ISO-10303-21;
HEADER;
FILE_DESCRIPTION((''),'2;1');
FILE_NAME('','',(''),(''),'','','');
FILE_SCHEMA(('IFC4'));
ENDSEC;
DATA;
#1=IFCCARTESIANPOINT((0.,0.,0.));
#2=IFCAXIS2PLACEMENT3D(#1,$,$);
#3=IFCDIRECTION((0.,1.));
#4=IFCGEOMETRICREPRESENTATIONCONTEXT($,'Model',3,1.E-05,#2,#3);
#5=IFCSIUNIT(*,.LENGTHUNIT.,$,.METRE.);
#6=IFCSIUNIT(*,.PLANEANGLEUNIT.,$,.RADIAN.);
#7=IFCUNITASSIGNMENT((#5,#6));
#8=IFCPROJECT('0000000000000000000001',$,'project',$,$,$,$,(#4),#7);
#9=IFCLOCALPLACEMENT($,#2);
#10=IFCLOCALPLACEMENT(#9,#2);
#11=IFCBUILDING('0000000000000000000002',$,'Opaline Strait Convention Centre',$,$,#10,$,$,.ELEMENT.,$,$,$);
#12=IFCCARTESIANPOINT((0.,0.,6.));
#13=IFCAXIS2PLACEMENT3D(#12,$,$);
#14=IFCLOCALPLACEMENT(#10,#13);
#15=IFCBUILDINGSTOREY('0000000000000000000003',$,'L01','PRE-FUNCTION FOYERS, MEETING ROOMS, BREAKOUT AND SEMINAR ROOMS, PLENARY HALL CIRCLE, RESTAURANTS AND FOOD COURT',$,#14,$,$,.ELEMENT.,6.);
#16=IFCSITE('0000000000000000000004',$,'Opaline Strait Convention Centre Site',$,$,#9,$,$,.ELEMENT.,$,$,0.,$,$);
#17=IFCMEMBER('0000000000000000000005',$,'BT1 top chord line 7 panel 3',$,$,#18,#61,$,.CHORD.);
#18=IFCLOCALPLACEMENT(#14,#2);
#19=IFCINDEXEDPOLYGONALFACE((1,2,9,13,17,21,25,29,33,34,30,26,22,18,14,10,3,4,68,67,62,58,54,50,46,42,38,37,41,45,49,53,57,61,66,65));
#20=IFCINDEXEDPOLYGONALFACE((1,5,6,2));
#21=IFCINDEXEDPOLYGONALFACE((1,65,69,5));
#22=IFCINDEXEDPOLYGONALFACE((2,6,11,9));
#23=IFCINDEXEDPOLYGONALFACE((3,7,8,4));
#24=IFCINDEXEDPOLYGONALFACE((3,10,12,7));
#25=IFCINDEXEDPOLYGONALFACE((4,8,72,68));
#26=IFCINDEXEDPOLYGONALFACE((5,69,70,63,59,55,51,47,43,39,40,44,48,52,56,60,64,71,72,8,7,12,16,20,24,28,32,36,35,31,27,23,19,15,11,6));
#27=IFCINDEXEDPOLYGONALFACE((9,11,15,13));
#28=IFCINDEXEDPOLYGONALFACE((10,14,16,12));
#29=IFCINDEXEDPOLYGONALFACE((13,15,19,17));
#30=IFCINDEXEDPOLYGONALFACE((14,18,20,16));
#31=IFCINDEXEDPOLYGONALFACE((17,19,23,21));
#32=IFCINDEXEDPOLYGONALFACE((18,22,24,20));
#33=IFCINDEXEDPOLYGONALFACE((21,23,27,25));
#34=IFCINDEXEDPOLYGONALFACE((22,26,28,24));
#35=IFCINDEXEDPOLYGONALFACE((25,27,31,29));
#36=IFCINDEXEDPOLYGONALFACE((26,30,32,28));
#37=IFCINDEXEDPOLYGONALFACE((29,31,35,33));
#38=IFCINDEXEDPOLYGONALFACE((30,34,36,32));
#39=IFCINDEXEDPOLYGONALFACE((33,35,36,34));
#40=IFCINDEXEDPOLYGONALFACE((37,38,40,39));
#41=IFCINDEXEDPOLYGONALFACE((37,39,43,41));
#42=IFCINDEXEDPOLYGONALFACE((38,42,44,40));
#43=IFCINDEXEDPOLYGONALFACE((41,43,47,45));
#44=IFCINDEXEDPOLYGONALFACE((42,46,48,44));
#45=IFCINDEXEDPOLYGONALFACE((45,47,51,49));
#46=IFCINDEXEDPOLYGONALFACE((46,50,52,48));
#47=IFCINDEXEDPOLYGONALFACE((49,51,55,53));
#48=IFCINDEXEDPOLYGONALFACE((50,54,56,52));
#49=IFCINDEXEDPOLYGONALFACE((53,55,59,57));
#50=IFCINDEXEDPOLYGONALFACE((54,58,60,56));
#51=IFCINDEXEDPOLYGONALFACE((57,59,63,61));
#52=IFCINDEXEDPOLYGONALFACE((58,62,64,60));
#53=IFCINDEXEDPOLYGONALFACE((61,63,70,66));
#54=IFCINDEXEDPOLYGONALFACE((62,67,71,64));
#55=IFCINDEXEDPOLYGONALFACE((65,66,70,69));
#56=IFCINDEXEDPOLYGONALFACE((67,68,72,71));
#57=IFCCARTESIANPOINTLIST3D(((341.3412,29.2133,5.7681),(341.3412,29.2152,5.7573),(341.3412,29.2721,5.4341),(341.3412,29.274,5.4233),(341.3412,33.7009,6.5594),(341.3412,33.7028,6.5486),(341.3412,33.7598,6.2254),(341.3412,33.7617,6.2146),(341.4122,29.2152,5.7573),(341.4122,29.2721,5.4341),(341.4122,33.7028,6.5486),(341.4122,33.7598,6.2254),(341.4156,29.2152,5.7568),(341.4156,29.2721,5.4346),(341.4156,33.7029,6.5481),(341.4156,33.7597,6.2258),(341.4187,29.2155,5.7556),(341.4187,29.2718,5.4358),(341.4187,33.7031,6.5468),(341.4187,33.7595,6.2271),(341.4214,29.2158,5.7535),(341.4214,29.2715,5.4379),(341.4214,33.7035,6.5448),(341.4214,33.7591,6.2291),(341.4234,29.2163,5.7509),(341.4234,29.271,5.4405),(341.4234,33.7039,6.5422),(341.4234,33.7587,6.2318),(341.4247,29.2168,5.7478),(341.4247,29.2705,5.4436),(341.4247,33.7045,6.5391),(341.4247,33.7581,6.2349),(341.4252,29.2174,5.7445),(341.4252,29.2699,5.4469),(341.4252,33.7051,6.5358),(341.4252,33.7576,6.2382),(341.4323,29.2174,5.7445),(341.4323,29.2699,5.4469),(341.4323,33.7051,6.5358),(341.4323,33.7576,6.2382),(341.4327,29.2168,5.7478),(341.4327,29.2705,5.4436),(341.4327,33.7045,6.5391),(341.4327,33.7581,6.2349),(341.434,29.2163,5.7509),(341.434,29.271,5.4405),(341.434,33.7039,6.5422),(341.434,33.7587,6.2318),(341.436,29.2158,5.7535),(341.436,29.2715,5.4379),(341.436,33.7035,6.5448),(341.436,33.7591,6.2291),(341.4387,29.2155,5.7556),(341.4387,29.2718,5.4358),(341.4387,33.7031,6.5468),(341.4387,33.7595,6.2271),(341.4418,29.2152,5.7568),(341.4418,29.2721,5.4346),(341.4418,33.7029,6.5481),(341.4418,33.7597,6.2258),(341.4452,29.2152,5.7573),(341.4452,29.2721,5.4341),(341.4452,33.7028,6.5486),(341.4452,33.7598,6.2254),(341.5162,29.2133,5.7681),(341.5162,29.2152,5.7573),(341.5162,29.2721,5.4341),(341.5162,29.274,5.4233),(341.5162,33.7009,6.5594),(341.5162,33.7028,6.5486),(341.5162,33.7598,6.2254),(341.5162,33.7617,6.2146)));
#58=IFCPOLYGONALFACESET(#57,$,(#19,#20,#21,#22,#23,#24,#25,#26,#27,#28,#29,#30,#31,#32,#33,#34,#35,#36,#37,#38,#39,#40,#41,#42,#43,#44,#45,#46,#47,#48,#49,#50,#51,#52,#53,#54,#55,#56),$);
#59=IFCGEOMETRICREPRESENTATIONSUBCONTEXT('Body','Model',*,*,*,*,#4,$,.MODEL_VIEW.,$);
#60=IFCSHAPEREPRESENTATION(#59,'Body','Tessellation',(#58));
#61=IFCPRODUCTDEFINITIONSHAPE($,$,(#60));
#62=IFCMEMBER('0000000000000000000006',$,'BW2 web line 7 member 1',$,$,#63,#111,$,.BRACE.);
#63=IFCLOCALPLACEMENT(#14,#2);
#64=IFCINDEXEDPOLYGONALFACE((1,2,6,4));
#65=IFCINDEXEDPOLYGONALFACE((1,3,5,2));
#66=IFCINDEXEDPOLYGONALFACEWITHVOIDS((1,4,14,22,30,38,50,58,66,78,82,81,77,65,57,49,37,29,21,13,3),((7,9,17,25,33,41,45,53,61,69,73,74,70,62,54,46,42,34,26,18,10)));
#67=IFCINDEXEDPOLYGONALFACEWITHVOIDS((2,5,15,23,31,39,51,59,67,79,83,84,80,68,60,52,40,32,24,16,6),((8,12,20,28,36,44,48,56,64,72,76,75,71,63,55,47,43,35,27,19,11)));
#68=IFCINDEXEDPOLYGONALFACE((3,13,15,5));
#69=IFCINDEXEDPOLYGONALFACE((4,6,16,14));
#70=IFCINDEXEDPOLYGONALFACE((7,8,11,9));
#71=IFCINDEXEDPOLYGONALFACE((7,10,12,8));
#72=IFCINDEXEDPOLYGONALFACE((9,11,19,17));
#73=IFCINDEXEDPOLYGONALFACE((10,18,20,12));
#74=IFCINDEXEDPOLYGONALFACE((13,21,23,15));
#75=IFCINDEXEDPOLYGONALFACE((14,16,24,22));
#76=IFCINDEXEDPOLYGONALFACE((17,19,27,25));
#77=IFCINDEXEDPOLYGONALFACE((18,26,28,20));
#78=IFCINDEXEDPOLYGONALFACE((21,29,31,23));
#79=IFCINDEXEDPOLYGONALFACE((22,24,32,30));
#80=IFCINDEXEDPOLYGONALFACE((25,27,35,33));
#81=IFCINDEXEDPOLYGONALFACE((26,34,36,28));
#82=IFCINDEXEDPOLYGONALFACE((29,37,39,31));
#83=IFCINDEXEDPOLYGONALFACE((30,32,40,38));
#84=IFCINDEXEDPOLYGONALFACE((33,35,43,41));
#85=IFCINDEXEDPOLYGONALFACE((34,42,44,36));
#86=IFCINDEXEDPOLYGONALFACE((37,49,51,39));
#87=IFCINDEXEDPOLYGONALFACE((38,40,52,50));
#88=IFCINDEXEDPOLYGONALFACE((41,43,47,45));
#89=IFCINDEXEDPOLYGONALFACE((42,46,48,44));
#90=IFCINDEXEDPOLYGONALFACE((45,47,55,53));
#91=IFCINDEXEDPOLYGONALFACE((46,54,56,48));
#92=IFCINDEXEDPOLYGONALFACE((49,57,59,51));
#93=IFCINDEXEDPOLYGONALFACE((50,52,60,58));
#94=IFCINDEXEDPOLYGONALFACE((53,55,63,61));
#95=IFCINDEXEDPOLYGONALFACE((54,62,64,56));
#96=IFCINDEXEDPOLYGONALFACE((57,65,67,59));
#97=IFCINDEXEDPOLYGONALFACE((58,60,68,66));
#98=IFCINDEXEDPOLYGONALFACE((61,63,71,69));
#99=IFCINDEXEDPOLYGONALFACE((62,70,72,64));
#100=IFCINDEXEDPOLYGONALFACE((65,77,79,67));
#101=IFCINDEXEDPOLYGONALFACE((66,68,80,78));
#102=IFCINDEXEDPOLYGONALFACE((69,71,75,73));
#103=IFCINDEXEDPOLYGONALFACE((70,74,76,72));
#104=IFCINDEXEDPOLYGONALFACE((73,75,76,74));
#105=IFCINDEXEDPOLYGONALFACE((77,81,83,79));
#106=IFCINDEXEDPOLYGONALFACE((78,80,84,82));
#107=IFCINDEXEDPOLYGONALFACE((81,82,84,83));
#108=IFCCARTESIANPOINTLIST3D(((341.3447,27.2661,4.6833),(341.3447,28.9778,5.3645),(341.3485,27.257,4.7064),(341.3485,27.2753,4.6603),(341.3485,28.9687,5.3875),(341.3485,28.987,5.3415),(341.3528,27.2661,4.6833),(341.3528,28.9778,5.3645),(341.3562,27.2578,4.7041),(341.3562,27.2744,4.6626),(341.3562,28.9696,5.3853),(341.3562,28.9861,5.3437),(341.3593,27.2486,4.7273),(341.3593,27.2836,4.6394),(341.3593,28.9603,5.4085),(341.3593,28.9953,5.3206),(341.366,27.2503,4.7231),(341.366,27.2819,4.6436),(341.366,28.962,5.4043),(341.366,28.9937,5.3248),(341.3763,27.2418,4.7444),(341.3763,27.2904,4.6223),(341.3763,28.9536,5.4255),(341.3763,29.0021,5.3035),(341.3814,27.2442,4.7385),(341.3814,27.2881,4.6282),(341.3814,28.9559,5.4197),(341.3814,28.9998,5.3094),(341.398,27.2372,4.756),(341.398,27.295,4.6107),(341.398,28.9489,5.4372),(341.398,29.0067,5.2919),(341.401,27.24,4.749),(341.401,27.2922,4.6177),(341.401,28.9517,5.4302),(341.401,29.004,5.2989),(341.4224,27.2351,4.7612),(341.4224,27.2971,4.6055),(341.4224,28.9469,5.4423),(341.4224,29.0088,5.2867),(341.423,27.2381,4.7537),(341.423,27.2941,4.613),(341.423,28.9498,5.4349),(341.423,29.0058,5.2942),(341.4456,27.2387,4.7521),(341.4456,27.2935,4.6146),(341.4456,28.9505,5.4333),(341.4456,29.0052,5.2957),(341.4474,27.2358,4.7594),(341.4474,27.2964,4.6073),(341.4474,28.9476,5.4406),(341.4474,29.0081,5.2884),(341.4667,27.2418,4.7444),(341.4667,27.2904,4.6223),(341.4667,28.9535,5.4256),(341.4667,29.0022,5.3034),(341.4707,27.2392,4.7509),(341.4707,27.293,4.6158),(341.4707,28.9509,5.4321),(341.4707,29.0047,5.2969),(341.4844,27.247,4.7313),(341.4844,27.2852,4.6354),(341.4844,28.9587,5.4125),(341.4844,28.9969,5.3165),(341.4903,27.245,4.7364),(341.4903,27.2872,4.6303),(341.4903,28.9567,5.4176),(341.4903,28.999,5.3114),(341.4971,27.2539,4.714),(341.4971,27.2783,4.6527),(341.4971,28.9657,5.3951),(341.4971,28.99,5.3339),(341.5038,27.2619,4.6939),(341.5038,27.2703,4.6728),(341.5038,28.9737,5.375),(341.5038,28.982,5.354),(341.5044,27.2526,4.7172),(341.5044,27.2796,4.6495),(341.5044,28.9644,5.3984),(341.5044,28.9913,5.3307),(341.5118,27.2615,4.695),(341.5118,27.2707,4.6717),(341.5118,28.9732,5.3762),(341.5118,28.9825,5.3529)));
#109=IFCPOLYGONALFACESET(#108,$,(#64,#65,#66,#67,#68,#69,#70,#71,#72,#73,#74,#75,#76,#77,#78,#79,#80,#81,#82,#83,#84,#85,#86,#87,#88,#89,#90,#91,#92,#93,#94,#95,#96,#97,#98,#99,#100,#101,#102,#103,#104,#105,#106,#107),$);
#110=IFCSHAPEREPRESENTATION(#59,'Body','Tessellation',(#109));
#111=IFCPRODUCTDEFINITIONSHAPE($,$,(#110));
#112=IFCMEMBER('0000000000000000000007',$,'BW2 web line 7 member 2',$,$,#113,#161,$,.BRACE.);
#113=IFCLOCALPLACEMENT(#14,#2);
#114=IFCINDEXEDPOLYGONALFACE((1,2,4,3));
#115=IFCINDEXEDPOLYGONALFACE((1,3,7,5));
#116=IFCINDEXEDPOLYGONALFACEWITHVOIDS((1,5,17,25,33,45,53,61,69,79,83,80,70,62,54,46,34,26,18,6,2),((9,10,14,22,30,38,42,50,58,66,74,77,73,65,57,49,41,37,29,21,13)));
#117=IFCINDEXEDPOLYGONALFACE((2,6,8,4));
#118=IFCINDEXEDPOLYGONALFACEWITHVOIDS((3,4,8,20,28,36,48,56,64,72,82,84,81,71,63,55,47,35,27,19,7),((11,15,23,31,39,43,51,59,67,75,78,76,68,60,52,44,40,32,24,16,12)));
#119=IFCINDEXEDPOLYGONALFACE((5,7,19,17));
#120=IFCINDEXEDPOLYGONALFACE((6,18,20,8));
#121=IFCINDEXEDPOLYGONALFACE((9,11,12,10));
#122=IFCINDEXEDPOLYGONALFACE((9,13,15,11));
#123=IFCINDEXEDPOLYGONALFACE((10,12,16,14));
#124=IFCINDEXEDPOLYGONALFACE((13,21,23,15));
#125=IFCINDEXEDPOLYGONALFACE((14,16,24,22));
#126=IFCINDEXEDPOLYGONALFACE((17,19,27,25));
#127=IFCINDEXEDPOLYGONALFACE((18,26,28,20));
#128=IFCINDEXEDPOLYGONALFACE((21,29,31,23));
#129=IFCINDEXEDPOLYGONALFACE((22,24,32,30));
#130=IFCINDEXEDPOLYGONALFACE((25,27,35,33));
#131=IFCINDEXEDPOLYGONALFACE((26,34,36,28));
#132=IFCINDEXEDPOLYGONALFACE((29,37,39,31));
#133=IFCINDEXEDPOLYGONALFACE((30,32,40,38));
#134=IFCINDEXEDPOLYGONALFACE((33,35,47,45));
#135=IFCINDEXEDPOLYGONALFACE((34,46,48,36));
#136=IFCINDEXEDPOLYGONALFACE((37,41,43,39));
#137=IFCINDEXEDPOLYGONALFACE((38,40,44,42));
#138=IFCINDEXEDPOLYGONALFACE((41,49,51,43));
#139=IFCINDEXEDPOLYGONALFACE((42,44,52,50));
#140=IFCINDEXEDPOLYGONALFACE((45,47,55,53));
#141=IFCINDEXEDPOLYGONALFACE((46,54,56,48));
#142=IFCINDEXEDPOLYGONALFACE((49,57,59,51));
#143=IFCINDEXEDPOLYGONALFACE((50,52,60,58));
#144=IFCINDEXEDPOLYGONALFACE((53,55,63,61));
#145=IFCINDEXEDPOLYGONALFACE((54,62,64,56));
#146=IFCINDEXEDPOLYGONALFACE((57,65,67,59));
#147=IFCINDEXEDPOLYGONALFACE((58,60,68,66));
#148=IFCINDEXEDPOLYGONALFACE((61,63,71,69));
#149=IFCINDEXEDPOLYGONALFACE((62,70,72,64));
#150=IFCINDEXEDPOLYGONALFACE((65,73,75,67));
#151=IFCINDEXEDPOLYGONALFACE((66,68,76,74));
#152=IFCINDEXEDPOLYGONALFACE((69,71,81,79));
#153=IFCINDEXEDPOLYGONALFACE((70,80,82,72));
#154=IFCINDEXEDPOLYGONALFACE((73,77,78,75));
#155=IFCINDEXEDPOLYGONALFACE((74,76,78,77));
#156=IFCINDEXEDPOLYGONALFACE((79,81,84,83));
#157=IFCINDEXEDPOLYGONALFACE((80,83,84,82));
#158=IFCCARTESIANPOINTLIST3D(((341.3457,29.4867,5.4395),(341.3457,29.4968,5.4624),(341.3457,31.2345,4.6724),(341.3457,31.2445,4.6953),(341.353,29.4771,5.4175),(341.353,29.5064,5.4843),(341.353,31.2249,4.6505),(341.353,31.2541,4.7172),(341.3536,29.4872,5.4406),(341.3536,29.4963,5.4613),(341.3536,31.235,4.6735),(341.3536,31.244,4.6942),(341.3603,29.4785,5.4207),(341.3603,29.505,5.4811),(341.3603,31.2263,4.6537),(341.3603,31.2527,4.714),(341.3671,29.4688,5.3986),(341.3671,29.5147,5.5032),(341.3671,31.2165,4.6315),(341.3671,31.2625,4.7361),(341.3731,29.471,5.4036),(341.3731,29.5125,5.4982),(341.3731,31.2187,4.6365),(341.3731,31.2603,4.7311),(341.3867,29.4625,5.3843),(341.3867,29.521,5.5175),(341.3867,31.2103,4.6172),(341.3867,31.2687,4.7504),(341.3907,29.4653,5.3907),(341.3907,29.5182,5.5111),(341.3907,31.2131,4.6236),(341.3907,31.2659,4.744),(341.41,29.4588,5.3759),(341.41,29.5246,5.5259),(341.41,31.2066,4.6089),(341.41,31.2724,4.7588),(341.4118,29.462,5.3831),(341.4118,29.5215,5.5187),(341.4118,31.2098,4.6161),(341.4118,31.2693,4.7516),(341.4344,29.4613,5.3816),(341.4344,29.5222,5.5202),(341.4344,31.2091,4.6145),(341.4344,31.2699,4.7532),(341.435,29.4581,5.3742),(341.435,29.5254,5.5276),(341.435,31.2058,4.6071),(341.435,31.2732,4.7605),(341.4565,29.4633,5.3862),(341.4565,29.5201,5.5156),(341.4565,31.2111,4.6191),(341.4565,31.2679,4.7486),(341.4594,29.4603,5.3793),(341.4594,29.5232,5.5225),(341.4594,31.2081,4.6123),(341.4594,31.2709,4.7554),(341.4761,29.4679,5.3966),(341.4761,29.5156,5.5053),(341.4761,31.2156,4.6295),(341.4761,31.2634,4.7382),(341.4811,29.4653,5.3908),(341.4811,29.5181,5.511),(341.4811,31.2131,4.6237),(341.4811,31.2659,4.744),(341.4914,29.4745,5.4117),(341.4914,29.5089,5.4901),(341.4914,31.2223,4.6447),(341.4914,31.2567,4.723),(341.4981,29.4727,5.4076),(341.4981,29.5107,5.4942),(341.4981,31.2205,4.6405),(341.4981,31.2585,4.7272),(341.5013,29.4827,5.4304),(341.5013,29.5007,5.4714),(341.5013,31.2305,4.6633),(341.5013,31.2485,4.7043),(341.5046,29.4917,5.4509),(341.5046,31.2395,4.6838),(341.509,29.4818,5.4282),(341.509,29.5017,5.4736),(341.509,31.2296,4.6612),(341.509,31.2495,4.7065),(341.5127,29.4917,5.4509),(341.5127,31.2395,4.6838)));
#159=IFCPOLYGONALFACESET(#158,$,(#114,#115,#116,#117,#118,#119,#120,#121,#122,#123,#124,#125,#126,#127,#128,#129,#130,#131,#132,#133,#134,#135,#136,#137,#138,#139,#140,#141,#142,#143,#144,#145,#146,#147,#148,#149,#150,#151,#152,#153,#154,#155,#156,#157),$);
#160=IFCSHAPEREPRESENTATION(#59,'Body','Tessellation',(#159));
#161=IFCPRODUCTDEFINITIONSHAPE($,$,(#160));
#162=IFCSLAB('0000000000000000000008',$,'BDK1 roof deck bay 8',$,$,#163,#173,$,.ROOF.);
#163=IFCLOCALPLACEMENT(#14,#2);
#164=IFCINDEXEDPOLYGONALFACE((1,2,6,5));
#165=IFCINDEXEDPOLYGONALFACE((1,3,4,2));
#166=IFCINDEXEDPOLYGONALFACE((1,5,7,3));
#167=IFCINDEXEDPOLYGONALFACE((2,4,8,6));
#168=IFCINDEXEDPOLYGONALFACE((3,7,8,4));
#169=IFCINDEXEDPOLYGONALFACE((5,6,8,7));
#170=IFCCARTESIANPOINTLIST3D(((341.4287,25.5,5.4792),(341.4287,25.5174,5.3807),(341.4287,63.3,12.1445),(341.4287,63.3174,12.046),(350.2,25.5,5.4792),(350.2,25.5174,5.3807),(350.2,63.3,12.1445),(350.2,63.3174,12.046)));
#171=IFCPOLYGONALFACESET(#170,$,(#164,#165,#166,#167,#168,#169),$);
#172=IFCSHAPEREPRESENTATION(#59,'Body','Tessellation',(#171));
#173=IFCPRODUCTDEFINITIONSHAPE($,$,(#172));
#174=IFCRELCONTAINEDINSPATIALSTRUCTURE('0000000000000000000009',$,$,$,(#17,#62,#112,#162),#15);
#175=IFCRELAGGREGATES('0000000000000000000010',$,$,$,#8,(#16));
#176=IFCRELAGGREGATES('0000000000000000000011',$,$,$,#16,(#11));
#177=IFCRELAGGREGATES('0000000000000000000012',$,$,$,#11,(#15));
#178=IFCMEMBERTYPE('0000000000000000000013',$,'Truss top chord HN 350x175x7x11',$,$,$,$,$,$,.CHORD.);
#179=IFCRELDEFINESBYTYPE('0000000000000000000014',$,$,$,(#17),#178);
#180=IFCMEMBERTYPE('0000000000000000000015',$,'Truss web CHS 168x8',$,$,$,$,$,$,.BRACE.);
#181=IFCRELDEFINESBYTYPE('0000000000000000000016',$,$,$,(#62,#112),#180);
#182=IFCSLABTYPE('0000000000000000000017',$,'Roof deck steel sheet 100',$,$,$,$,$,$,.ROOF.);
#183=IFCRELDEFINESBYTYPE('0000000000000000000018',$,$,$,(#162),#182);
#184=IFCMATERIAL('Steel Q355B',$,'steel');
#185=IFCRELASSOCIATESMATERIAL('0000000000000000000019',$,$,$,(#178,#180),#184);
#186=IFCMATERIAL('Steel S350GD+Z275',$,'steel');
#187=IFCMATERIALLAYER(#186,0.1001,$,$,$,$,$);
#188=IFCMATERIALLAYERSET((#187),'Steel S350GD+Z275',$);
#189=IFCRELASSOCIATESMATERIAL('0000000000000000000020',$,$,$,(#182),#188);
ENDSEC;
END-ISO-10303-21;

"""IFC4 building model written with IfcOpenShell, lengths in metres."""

from ifc_helpers import new_model, si_unit, direction, frame, origin, origin_2d, place, context, subcontext, project, spatial, polyline, hollow_circle, i_section, outline, extrude, material, layer, layer_set, material_profile, profile_set, type_object, element, save


model = new_model("IFC4")

# Units and contexts
model_context = context("Model", 3, precision=1e-05, world=origin(), true_north=direction((0.0, 1.0)))
body_context = subcontext(model_context, "Body", "Model", "MODEL_VIEW")
ifc_project = project(units=[si_unit("LENGTHUNIT", "METRE"), si_unit("PLANEANGLEUNIT", "RADIAN")], contexts=[model_context])

# Site, building, storey
site_placement = place(None, origin())
site = spatial("IfcSite", under=ifc_project, at=site_placement, Name="Opaline Strait Convention Centre Site", CompositionType="ELEMENT", RefElevation=0.0)
building_placement = place(site_placement, origin())
building = spatial("IfcBuilding", under=site, at=building_placement, Name="Opaline Strait Convention Centre", CompositionType="ELEMENT")
storey_placement = place(building_placement, frame((0.0, 0.0, 6.0)))
storey = spatial("IfcBuildingStorey", under=building, at=storey_placement, Name="L01", Description="PRE-FUNCTION FOYERS, MEETING ROOMS, BREAKOUT AND SEMINAR ROOMS, PLENARY HALL CIRCLE, RESTAURANTS AND FOOD COURT", CompositionType="ELEMENT", Elevation=6.0)

# Members
ifc_material_1 = material(Name="Steel Q355B", Category="steel")
ifc_material_profile_1 = material_profile(ifc_material_1, i_section(OverallWidth=0.175, OverallDepth=0.3501, WebThickness=0.0071, FlangeThickness=0.011, FilletRadius=0.0129, at=origin_2d()), Name="HN 350x175x7x11")
ifc_profile_set_1 = profile_set([ifc_material_profile_1], Name="Steel Q355B")
member_type_1 = type_object("IfcMemberType", Name="Truss top chord HN 350x175x7x11", PredefinedType="CHORD", material=ifc_profile_set_1)
member_1_placement = place(storey_placement, frame((341.4287, 29.2437, 5.5957), z_axis=(0.0, 0.984808, 0.173645), x_axis=(-1.0, 0.0, 0.0)))
element("IfcMember", 1, at=member_1_placement, inside=storey, type_object=member_type_1, Name="BT1 top chord line 7 panel 3", PredefinedType="CHORD", context=body_context, shape_type="SweptSolid", body=[
    extrude(i_section(OverallWidth=0.175, OverallDepth=0.3501, WebThickness=0.0071, FlangeThickness=0.011, FilletRadius=0.0129, at=origin_2d()), origin(), (0.0, 0.0, 1.0), 4.5569),
])
ifc_material_profile_2 = material_profile(ifc_material_1, hollow_circle(Radius=0.084, WallThickness=0.0081, at=origin_2d()), Name="CHS 168x8")
ifc_profile_set_2 = profile_set([ifc_material_profile_2], Name="Steel Q355B")
member_type_2 = type_object("IfcMemberType", Name="Truss web CHS 168x8", PredefinedType="BRACE", material=ifc_profile_set_2)
member_2_placement = place(storey_placement, frame((341.4287, 27.2661, 4.6833), z_axis=(0.0, 0.929133, 0.369745), x_axis=(-1.0, 0.0, 0.0)))
element("IfcMember", 2, at=member_2_placement, inside=storey, type_object=member_type_2, Name="BW2 web line 7 member 1", PredefinedType="BRACE", context=body_context, shape_type="SweptSolid", body=[
    extrude(hollow_circle(Radius=0.084, WallThickness=0.0081, at=origin_2d()), origin(), (0.0, 0.0, 1.0), 1.8423),
])
member_3_placement = place(storey_placement, frame((341.4287, 31.2395, 4.6838), z_axis=(0.0, -0.91569, 0.401885), x_axis=(1.0, 0.0, 0.0)))
element("IfcMember", 3, at=member_3_placement, inside=storey, type_object=member_type_2, Name="BW2 web line 7 member 2", PredefinedType="BRACE", context=body_context, shape_type="SweptSolid", body=[
    extrude(hollow_circle(Radius=0.084, WallThickness=0.0081, at=origin_2d()), origin(), (0.0, 0.0, 1.0), 1.9087),
])

# Slab
ifc_material_2 = material(Name="Steel S350GD+Z275", Category="steel")
ifc_layer_1 = layer(ifc_material_2, 0.1001)
ifc_layer_set_1 = layer_set([ifc_layer_1], Name="Steel S350GD+Z275")
slab_type = type_object("IfcSlabType", Name="Roof deck steel sheet 100", PredefinedType="ROOF", material=ifc_layer_set_1)
slab_placement = place(storey_placement, frame((341.4287, 25.5, 5.4792), z_axis=(0.0, -0.173651, 0.984807), x_axis=(1.0, 0.0, 0.0)))
element("IfcSlab", 4, at=slab_placement, inside=storey, type_object=slab_type, Name="BDK1 roof deck bay 8", PredefinedType="ROOF", context=body_context, shape_type="SweptSolid", body=[
    extrude(outline(polyline([(0.0, 0.0), (8.7712, 0.0), (8.7712, 38.3832), (0.0, 38.3832), (0.0, 0.0)])), origin(), (0.0, 0.0, -1.0), 0.1001),
])

save(model, "model.ifc")
